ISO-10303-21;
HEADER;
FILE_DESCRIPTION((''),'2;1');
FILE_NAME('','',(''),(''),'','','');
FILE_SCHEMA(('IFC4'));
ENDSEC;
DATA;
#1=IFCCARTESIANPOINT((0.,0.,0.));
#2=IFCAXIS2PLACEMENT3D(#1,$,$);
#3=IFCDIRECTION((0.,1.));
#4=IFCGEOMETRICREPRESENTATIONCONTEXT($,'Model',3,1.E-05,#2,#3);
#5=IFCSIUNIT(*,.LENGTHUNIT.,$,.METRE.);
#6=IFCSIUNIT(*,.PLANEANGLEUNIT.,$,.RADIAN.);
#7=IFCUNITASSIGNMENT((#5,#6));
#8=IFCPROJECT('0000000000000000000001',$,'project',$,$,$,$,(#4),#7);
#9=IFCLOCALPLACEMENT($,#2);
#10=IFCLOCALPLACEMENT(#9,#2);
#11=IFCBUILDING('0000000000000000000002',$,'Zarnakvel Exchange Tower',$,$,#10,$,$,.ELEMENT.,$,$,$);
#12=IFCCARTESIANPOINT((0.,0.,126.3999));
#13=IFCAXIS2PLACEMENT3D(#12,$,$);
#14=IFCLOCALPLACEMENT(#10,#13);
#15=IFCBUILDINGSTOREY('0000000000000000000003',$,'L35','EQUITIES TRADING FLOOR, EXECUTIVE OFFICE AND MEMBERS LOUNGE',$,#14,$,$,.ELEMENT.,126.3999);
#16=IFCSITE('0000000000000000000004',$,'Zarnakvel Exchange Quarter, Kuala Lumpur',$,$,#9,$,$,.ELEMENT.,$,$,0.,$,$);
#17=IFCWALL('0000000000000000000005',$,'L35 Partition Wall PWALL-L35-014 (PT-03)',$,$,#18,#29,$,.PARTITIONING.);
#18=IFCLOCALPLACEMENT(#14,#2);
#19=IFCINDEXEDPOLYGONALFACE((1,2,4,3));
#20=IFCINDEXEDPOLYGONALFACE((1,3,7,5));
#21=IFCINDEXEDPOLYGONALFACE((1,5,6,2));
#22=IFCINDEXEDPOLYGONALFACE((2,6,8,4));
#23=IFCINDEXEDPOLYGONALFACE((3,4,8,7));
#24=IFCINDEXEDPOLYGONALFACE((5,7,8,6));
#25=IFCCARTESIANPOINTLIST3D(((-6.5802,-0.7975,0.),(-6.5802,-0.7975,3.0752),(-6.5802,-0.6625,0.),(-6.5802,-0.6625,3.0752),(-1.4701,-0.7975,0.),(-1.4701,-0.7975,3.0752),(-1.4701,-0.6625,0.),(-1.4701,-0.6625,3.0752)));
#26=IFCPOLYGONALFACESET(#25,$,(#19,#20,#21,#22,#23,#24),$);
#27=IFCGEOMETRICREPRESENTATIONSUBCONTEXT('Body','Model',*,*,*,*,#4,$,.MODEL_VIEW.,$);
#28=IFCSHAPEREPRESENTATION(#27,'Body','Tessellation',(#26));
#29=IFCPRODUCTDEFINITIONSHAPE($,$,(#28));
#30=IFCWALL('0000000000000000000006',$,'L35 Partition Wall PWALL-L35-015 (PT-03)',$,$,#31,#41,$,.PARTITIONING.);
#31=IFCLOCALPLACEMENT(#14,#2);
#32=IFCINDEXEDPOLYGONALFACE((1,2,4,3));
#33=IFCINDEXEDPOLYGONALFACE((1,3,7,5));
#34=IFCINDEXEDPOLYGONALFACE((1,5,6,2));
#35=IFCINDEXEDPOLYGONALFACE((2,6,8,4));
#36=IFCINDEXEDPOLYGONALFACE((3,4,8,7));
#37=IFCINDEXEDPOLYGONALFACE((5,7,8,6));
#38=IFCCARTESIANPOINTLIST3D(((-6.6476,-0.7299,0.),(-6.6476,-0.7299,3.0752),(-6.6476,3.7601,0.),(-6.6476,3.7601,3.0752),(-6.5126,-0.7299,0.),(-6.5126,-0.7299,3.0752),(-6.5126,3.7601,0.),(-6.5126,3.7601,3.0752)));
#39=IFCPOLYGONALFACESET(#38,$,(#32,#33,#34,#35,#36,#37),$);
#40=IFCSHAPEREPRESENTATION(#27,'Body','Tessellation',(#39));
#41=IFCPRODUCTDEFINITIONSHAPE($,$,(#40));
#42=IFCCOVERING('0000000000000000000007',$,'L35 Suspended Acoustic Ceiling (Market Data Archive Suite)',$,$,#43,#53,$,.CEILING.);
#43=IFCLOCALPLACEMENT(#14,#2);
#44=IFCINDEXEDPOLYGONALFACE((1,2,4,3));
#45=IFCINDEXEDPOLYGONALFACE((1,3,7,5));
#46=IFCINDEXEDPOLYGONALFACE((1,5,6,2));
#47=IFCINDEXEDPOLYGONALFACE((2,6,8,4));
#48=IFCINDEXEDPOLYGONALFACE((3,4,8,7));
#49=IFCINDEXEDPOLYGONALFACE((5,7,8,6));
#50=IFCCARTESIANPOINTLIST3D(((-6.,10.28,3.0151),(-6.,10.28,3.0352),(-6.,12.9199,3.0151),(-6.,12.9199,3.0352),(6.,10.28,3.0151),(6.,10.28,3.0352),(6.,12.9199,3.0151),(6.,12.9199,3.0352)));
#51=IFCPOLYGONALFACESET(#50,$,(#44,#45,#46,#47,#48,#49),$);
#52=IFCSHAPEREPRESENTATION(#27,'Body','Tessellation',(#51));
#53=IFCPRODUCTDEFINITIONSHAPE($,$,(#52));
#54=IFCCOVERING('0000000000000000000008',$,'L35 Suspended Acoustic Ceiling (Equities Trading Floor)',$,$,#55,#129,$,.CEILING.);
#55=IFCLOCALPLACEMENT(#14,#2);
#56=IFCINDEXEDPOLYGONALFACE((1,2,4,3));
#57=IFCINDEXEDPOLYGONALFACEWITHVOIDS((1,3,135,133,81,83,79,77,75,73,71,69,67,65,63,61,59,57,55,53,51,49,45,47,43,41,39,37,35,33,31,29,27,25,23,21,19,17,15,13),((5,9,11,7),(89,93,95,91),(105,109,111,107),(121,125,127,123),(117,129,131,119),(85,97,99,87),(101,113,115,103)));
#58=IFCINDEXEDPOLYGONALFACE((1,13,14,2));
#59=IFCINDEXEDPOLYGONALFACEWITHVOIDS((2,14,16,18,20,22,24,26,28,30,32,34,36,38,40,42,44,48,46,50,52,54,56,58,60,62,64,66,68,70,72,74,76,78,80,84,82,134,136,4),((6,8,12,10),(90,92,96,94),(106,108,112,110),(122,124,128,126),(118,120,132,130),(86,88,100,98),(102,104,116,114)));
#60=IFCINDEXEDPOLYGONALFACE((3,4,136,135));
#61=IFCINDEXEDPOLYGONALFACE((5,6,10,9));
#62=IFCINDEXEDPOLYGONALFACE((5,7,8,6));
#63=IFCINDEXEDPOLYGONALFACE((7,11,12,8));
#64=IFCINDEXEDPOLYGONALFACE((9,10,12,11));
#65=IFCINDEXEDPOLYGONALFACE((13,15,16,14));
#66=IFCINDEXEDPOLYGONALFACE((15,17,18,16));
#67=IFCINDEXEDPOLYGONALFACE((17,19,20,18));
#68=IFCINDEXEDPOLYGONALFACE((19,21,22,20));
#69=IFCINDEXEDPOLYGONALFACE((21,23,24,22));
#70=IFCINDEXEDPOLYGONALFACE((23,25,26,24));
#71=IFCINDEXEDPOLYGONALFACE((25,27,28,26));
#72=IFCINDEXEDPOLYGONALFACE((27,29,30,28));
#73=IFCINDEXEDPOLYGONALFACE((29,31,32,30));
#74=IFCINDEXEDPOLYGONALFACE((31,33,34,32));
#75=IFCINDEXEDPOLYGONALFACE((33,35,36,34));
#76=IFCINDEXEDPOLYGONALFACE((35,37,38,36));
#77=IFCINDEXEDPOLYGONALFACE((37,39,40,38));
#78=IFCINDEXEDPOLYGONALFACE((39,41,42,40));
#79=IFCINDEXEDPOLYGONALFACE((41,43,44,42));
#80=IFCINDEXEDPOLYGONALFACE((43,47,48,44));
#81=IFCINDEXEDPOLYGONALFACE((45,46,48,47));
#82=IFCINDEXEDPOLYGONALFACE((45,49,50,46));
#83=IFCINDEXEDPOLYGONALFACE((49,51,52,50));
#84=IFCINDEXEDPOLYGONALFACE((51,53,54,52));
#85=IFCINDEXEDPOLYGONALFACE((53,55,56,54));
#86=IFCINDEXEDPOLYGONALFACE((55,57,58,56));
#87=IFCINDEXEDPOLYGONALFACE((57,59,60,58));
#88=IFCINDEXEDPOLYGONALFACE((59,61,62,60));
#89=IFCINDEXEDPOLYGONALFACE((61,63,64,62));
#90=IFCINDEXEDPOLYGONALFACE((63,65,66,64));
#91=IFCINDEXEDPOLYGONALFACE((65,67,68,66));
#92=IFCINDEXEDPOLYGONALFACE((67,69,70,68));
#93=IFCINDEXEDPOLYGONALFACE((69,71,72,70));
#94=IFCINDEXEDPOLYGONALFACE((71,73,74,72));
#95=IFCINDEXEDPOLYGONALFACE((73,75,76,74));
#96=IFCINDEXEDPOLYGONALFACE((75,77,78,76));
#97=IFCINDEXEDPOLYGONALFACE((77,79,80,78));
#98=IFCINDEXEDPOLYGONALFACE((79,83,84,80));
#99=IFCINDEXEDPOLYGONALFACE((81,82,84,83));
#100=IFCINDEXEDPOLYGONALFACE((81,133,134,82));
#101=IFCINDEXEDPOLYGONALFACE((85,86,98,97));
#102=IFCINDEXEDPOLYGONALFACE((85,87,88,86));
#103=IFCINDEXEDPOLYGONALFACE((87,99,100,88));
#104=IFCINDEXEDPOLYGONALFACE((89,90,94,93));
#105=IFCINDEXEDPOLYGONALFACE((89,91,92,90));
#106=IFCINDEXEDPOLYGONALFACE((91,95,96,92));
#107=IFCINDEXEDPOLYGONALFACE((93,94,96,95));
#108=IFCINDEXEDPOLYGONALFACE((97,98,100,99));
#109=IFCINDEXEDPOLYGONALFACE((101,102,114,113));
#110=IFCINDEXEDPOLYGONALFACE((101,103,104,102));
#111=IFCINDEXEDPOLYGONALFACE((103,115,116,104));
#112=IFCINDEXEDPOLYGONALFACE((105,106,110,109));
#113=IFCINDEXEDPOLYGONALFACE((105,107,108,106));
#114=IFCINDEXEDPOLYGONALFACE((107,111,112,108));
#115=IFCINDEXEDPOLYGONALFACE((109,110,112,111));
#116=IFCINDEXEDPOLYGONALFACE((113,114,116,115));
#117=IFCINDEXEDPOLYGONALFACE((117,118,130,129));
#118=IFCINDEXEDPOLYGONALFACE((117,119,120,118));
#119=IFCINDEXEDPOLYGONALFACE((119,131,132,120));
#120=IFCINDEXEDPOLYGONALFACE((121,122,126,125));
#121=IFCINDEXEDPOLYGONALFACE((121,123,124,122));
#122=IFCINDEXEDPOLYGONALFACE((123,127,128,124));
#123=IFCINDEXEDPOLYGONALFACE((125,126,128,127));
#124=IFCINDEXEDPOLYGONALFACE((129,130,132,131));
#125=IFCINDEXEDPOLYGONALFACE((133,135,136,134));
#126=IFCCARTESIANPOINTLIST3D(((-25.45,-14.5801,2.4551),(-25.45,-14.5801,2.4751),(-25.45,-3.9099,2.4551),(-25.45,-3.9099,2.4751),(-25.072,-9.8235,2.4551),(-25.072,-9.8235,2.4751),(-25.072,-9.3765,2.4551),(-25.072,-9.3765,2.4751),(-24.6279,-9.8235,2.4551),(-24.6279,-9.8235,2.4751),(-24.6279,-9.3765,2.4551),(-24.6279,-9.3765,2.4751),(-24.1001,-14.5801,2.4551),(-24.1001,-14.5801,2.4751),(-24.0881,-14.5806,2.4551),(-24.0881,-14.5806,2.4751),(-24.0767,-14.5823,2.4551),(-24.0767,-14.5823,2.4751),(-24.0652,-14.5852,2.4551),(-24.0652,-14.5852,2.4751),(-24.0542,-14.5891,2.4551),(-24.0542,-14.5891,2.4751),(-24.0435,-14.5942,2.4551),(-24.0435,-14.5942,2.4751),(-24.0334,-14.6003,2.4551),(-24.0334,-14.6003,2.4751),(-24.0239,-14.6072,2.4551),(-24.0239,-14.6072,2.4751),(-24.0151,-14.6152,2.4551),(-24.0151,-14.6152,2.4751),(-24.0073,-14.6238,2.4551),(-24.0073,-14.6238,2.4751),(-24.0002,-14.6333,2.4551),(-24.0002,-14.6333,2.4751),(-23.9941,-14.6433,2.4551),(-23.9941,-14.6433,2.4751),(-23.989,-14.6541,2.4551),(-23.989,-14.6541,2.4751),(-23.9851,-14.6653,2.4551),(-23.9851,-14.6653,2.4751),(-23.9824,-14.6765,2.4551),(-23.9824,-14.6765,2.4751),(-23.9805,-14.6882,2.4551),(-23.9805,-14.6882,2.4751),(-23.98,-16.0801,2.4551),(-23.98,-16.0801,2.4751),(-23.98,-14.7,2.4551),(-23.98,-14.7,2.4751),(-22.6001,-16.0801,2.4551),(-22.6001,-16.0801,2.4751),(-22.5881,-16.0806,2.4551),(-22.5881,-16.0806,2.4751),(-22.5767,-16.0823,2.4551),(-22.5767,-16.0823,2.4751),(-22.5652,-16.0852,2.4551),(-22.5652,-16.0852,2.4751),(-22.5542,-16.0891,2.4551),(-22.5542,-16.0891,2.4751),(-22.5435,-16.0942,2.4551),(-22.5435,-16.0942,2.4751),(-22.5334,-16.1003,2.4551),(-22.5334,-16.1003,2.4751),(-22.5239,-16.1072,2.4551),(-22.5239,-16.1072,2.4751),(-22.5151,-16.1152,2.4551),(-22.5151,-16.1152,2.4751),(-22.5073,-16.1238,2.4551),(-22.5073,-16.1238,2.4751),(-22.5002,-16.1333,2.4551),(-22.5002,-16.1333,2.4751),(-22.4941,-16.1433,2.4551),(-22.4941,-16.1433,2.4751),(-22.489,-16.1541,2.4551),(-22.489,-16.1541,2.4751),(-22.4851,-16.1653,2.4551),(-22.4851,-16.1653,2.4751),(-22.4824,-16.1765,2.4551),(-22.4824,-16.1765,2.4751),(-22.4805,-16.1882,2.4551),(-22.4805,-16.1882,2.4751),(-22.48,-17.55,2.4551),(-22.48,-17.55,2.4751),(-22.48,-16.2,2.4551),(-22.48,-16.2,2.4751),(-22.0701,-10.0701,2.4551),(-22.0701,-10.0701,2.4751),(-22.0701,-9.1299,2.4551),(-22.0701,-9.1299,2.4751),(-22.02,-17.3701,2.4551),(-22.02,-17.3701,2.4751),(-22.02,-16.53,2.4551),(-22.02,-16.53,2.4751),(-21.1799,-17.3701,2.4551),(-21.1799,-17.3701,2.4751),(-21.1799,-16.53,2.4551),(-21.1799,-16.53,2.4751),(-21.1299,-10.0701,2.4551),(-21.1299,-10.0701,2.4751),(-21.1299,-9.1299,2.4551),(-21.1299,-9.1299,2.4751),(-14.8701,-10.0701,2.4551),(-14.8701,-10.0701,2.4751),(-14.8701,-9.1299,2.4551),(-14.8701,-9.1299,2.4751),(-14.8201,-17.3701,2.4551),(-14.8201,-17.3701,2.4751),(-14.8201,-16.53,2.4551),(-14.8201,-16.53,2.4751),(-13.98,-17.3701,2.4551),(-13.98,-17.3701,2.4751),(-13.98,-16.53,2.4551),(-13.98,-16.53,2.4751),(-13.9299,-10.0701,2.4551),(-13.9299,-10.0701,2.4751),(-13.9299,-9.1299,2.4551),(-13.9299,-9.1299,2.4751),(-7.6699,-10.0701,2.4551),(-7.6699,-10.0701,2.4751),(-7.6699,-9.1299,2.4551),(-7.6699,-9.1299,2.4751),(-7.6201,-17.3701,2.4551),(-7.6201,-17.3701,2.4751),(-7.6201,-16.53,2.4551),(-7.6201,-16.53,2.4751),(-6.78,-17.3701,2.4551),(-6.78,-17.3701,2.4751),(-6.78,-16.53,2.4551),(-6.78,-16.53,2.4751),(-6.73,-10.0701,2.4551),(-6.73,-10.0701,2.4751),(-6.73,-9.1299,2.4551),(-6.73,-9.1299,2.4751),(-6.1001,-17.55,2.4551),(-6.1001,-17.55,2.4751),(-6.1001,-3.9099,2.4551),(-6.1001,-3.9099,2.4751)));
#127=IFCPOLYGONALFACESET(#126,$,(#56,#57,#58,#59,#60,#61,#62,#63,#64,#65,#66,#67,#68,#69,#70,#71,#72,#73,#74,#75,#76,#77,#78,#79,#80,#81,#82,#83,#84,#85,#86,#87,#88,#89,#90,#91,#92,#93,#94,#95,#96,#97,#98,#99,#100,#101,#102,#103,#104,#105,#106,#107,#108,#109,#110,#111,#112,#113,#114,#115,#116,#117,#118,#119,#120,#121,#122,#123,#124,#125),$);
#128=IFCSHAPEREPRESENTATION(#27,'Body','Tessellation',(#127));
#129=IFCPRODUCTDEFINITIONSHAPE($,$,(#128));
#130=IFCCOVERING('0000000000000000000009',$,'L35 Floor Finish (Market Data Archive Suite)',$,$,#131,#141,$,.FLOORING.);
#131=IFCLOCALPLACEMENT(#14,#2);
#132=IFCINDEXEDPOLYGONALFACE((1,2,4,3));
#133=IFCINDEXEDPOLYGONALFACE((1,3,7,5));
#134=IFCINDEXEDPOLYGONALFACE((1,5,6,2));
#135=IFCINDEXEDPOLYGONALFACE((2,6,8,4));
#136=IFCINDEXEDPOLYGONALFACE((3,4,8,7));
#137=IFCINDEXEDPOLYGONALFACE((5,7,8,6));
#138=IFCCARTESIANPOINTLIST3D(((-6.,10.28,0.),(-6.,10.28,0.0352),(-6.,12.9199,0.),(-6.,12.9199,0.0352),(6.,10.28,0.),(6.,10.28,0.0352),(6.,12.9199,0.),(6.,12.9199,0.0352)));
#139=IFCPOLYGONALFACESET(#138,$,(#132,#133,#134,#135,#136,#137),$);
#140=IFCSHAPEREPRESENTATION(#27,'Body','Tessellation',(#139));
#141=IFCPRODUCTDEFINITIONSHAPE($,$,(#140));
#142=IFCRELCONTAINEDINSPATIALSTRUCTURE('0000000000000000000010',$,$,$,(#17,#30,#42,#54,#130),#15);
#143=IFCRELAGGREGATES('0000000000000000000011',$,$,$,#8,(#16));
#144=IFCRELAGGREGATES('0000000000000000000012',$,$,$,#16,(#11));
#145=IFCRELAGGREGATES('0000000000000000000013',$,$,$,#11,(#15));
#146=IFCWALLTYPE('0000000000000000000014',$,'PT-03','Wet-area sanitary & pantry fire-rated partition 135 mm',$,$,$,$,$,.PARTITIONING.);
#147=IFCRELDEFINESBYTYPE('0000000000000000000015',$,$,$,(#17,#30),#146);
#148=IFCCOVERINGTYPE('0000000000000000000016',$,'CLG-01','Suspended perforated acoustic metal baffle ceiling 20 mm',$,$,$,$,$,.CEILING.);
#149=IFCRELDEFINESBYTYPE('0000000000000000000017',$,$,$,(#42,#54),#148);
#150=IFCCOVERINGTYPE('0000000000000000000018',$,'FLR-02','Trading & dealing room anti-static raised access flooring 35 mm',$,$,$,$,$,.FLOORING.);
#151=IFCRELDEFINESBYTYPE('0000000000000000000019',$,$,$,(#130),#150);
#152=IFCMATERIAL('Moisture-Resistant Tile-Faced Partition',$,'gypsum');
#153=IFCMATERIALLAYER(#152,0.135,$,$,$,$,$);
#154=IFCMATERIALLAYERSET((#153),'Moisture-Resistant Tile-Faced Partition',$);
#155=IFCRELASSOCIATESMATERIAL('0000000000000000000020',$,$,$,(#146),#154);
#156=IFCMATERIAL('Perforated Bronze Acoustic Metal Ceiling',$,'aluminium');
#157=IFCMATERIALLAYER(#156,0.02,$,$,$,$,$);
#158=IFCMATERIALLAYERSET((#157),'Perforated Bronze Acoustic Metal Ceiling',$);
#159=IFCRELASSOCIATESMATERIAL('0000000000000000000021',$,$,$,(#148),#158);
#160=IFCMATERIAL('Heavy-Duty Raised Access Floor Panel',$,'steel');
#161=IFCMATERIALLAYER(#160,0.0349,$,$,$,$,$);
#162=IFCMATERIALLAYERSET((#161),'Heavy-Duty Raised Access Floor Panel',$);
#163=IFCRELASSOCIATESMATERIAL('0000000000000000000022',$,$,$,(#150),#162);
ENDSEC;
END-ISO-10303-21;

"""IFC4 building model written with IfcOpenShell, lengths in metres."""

from ifc_helpers import new_model, si_unit, direction, frame, frame_2d, origin, place, context, subcontext, project, spatial, polyline, rectangle, outline, extrude, material, layer, layer_set, type_object, element, save


model = new_model("IFC4")

# Units and contexts
model_context = context("Model", 3, precision=1e-05, world=origin(), true_north=direction((0.0, 1.0)))
body_context = subcontext(model_context, "Body", "Model", "MODEL_VIEW")
ifc_project = project(units=[si_unit("LENGTHUNIT", "METRE"), si_unit("PLANEANGLEUNIT", "RADIAN")], contexts=[model_context])

# Site, building, storey
site_placement = place(None, origin())
site = spatial("IfcSite", under=ifc_project, at=site_placement, Name="Zarnakvel Exchange Quarter, Kuala Lumpur", CompositionType="ELEMENT", RefElevation=0.0)
building_placement = place(site_placement, origin())
building = spatial("IfcBuilding", under=site, at=building_placement, Name="Zarnakvel Exchange Tower", CompositionType="ELEMENT")
storey_placement = place(building_placement, frame((0.0, 0.0, 126.3999)))
storey = spatial("IfcBuildingStorey", under=building, at=storey_placement, Name="L35", Description="EQUITIES TRADING FLOOR, EXECUTIVE OFFICE AND MEMBERS LOUNGE", CompositionType="ELEMENT", Elevation=126.3999)

# Walls
ifc_material_1 = material(Name="Moisture-Resistant Tile-Faced Partition", Category="gypsum")
ifc_layer_1 = layer(ifc_material_1, 0.135)
ifc_layer_set_1 = layer_set([ifc_layer_1], Name="Moisture-Resistant Tile-Faced Partition")
wall_type_1 = type_object("IfcWallType", Name="PT-03", Description="Wet-area sanitary & pantry fire-rated partition 135 mm", PredefinedType="PARTITIONING", material=ifc_layer_set_1)
wall_1_placement = place(storey_placement, frame((-1.47, -0.73, 0.0), z_axis=(0.0, 0.0, 1.0), x_axis=(-1.0, 0.0, 0.0)))
element("IfcWall", 1, at=wall_1_placement, inside=storey, type_object=wall_type_1, Name="L35 Partition Wall PWALL-L35-014 (PT-03)", PredefinedType="PARTITIONING", context=body_context, shape_type="SweptSolid", body=[
    extrude(rectangle(XDim=5.1101, YDim=0.135, at=frame_2d((2.5552, 0.0))), origin(), (0.0, 0.0, 1.0), 3.0752),
])
wall_2_placement = place(storey_placement, frame((-6.5801, -0.73, 0.0), z_axis=(0.0, 0.0, 1.0), x_axis=(0.0, 1.0, 0.0)))
element("IfcWall", 2, at=wall_2_placement, inside=storey, type_object=wall_type_1, Name="L35 Partition Wall PWALL-L35-015 (PT-03)", PredefinedType="PARTITIONING", context=body_context, shape_type="SweptSolid", body=[
    extrude(rectangle(XDim=4.49, YDim=0.135, at=frame_2d((2.2451, 0.0))), origin(), (0.0, 0.0, 1.0), 3.0752),
])

# Coverings
ifc_material_2 = material(Name="Perforated Bronze Acoustic Metal Ceiling", Category="aluminium")
ifc_layer_2 = layer(ifc_material_2, 0.02)
ifc_layer_set_2 = layer_set([ifc_layer_2], Name="Perforated Bronze Acoustic Metal Ceiling")
covering_type_1 = type_object("IfcCoveringType", Name="CLG-01", Description="Suspended perforated acoustic metal baffle ceiling 20 mm", PredefinedType="CEILING", material=ifc_layer_set_2)
covering_1_placement = place(storey_placement, frame((0.0, 0.0, 3.0151)))
element("IfcCovering", 3, at=covering_1_placement, inside=storey, type_object=covering_type_1, Name="L35 Suspended Acoustic Ceiling (Market Data Archive Suite)", PredefinedType="CEILING", context=body_context, shape_type="SweptSolid", body=[
    extrude(outline(polyline([(-6.0, 12.9199), (6.0, 12.9199), (6.0, 10.28), (-6.0, 10.28), (-6.0, 12.9199)])), origin(), (0.0, 0.0, 1.0), 0.02),
])
covering_2_placement = place(storey_placement, frame((0.0, 0.0, 2.4551)))
element("IfcCovering", 4, at=covering_2_placement, inside=storey, type_object=covering_type_1, Name="L35 Suspended Acoustic Ceiling (Equities Trading Floor)", PredefinedType="CEILING", context=body_context, shape_type="SweptSolid", body=[
    extrude(outline(polyline([(-6.1001, -3.9099), (-6.1001, -17.55), (-22.48, -17.55), (-22.48, -16.2), (-22.4805, -16.1882), (-22.4824, -16.1765), (-22.4851, -16.1653), (-22.489, -16.1541), (-22.4941, -16.1433), (-22.5002, -16.1333), (-22.5073, -16.1238), (-22.5151, -16.1152), (-22.5239, -16.1072), (-22.5334, -16.1003), (-22.5435, -16.0942), (-22.5542, -16.0891), (-22.5652, -16.0852), (-22.5767, -16.0823), (-22.5881, -16.0806), (-22.6001, -16.0801), (-23.98, -16.0801), (-23.98, -14.7), (-23.9805, -14.6882), (-23.9824, -14.6765), (-23.9851, -14.6653), (-23.989, -14.6541), (-23.9941, -14.6433), (-24.0002, -14.6333), (-24.0073, -14.6238), (-24.0151, -14.6152), (-24.0239, -14.6072), (-24.0334, -14.6003), (-24.0435, -14.5942), (-24.0542, -14.5891), (-24.0652, -14.5852), (-24.0767, -14.5823), (-24.0881, -14.5806), (-24.1001, -14.5801), (-25.45, -14.5801), (-25.45, -3.9099), (-6.1001, -3.9099)]), holes=[polyline([(-7.6699, -10.0701), (-6.73, -10.0701), (-6.73, -9.1299), (-7.6699, -9.1299), (-7.6699, -10.0701)]), polyline([(-6.78, -17.3701), (-6.78, -16.53), (-7.6201, -16.53), (-7.6201, -17.3701), (-6.78, -17.3701)]), polyline([(-13.9299, -10.0701), (-13.9299, -9.1299), (-14.8701, -9.1299), (-14.8701, -10.0701), (-13.9299, -10.0701)]), polyline([(-13.98, -17.3701), (-13.98, -16.53), (-14.8201, -16.53), (-14.8201, -17.3701), (-13.98, -17.3701)]), polyline([(-21.1299, -10.0701), (-21.1299, -9.1299), (-22.0701, -9.1299), (-22.0701, -10.0701), (-21.1299, -10.0701)]), polyline([(-21.1799, -17.3701), (-21.1799, -16.53), (-22.02, -16.53), (-22.02, -17.3701), (-21.1799, -17.3701)]), polyline([(-25.072, -9.8235), (-24.6279, -9.8235), (-24.6279, -9.3765), (-25.072, -9.3765), (-25.072, -9.8235)])]), origin(), (0.0, 0.0, 1.0), 0.02),
])
ifc_material_3 = material(Name="Heavy-Duty Raised Access Floor Panel", Category="steel")
ifc_layer_3 = layer(ifc_material_3, 0.0349)
ifc_layer_set_3 = layer_set([ifc_layer_3], Name="Heavy-Duty Raised Access Floor Panel")
covering_type_2 = type_object("IfcCoveringType", Name="FLR-02", Description="Trading & dealing room anti-static raised access flooring 35 mm", PredefinedType="FLOORING", material=ifc_layer_set_3)
covering_3_placement = place(storey_placement, origin())
element("IfcCovering", 5, at=covering_3_placement, inside=storey, type_object=covering_type_2, Name="L35 Floor Finish (Market Data Archive Suite)", PredefinedType="FLOORING", context=body_context, shape_type="SweptSolid", body=[
    extrude(outline(polyline([(-6.0, 12.9199), (6.0, 12.9199), (6.0, 10.28), (-6.0, 10.28), (-6.0, 12.9199)])), origin(), (0.0, 0.0, 1.0), 0.0352),
])

save(model, "model.ifc")
